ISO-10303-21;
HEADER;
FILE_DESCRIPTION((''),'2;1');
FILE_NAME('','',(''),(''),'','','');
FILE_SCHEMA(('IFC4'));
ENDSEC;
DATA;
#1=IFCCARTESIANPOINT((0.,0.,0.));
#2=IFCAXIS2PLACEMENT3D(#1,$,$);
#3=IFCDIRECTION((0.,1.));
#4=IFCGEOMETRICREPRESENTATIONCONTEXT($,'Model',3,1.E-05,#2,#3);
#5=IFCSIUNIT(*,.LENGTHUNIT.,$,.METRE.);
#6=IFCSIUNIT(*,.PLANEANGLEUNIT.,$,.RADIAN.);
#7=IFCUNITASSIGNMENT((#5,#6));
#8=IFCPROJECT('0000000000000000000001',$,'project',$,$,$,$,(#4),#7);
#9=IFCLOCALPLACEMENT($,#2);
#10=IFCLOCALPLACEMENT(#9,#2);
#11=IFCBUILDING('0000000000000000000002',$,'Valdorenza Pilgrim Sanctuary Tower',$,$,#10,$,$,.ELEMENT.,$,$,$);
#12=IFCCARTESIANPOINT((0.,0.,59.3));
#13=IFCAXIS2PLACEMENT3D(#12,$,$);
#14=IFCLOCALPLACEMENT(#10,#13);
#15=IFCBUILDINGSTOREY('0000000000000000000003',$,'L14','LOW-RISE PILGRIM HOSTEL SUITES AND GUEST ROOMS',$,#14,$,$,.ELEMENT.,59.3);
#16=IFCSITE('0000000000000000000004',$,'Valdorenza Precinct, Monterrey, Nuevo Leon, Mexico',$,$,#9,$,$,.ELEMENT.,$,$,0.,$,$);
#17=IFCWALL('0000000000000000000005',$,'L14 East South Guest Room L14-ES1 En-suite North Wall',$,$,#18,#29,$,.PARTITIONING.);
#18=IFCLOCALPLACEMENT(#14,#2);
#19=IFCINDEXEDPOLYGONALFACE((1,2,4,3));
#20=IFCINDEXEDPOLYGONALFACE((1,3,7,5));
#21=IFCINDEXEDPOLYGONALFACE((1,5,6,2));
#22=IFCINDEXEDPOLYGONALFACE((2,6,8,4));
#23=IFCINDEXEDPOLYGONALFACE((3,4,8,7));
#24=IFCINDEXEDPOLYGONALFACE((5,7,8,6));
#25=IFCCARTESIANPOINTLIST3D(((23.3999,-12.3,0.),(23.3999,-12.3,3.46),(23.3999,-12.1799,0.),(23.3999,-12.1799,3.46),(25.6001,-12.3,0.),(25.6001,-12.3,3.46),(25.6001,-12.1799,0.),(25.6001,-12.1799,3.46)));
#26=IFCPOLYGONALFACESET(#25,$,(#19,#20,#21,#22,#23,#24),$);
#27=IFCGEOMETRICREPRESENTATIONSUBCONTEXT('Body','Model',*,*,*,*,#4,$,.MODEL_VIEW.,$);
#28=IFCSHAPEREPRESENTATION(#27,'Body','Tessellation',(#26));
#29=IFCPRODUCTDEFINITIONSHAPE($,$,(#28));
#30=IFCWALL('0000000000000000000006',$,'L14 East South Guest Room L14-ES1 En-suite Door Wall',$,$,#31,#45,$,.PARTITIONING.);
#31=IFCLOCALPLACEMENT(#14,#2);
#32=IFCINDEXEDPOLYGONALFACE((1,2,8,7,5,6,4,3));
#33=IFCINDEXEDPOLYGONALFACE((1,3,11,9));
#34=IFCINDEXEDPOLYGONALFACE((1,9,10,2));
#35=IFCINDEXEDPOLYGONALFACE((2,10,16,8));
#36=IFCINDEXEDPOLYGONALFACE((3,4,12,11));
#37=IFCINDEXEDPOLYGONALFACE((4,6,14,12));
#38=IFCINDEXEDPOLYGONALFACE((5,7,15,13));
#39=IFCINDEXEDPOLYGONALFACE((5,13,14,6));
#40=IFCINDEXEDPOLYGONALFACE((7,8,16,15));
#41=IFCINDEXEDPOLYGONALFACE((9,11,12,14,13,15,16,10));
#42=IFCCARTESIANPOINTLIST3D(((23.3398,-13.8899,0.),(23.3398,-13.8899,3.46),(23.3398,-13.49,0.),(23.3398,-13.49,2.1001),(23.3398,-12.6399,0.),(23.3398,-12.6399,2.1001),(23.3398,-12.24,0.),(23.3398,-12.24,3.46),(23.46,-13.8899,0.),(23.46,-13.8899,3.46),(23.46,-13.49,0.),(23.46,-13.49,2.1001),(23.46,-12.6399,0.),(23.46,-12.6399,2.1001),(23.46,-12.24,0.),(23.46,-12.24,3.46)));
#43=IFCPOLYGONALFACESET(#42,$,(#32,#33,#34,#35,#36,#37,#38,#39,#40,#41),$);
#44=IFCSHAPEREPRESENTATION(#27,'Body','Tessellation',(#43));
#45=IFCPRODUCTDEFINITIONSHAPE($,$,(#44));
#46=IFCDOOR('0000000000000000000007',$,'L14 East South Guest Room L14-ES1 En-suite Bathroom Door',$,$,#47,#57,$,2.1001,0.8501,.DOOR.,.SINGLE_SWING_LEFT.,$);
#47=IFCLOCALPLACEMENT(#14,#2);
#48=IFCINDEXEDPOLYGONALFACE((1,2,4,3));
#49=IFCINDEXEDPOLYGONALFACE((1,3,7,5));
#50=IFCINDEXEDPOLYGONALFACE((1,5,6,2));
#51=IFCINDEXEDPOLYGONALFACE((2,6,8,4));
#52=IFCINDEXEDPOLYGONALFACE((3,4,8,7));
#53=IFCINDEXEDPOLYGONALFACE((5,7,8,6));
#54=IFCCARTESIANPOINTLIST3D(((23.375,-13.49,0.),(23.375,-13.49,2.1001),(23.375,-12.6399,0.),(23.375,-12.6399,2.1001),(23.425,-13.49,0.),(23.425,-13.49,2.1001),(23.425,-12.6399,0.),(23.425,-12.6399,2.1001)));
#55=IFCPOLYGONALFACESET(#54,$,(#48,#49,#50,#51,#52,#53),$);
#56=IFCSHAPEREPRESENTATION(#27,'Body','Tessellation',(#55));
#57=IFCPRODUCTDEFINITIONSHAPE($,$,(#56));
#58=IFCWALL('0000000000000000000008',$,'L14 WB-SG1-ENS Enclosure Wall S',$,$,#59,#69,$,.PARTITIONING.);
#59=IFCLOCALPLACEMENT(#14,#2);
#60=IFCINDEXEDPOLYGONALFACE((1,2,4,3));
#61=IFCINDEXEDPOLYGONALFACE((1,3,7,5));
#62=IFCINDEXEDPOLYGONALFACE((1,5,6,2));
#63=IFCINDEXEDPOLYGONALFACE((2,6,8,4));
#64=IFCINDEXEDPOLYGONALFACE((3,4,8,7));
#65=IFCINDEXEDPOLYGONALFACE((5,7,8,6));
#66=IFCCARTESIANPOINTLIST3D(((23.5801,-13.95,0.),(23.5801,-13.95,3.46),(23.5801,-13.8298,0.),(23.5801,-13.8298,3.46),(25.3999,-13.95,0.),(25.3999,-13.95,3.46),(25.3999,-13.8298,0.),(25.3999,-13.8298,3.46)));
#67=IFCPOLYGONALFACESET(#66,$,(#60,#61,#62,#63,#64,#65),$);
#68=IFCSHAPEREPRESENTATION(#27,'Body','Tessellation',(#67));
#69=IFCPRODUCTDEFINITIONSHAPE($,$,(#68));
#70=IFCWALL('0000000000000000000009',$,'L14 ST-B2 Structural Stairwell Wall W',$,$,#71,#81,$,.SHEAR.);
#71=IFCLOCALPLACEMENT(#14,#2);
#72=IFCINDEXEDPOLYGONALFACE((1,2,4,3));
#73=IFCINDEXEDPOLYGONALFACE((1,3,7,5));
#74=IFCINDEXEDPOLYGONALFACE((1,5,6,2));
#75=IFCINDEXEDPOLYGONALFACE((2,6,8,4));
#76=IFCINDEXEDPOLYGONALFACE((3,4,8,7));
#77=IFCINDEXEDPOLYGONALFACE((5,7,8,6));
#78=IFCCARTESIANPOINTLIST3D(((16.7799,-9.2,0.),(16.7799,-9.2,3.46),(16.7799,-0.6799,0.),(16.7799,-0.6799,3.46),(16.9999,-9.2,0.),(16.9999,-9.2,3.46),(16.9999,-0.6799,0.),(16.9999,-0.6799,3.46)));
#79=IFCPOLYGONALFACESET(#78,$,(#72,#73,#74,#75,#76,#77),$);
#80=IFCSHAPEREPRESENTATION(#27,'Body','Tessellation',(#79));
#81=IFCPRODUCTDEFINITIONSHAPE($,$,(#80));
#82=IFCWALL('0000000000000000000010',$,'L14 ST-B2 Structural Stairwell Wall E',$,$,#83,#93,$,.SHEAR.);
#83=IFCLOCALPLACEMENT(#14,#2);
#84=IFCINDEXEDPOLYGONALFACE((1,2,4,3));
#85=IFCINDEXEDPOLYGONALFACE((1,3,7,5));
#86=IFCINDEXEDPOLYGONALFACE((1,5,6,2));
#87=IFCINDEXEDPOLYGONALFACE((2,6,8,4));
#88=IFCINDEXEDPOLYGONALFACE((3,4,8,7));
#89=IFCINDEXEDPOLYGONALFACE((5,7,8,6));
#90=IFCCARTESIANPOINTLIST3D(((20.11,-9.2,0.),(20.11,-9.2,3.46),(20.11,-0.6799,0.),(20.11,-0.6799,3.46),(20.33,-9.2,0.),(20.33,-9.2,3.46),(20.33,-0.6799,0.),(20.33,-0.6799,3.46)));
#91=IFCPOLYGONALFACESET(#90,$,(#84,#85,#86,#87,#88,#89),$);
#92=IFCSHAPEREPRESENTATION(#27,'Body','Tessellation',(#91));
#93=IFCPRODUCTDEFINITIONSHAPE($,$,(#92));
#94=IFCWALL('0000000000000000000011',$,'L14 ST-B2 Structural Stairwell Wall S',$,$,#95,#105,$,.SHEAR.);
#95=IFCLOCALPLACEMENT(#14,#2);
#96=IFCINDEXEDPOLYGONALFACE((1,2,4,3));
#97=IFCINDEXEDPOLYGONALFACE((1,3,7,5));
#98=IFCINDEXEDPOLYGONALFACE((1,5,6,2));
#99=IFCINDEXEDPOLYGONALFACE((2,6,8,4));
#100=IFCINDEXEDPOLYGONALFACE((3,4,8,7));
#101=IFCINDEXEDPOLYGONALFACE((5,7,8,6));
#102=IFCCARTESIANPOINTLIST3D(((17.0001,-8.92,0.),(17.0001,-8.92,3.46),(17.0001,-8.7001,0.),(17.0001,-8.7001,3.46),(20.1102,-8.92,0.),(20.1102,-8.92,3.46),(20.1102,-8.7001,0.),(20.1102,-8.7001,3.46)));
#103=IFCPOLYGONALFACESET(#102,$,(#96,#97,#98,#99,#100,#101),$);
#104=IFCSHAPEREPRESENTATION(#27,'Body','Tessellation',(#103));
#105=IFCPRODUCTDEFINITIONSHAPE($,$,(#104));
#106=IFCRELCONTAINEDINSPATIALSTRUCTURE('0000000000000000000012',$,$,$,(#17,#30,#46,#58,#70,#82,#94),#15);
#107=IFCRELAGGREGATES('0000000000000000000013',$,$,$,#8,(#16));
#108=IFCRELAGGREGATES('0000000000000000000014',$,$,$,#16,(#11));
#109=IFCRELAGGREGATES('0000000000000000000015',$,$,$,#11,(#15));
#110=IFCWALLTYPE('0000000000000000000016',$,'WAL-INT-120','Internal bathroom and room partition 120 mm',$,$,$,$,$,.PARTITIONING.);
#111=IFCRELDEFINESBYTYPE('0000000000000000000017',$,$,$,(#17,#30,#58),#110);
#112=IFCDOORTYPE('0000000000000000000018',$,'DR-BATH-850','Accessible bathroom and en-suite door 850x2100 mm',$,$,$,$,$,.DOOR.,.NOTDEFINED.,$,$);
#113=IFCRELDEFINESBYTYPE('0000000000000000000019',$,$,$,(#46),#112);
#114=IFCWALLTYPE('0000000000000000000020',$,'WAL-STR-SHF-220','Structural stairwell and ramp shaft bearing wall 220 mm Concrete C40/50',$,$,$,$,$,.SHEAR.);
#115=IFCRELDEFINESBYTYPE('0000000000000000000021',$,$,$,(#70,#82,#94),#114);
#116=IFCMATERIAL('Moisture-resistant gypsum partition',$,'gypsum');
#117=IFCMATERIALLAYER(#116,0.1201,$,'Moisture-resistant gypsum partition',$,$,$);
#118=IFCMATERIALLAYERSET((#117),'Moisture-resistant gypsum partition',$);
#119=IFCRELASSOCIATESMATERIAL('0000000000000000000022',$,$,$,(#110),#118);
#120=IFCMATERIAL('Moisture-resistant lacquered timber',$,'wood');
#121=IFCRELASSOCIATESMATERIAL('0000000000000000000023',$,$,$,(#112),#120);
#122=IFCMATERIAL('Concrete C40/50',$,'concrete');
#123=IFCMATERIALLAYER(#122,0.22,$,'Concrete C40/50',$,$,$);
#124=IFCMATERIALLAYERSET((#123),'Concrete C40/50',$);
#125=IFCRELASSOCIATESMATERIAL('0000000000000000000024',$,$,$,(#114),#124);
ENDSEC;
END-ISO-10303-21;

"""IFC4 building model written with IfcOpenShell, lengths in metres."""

from ifc_helpers import new_model, si_unit, direction, frame, frame_2d, origin, place, context, subcontext, project, spatial, rectangle, extrude, material, layer, layer_set, type_object, element, fill, save


model = new_model("IFC4")

# Units and contexts
model_context = context("Model", 3, precision=1e-05, world=origin(), true_north=direction((0.0, 1.0)))
body_context = subcontext(model_context, "Body", "Model", "MODEL_VIEW")
ifc_project = project(units=[si_unit("LENGTHUNIT", "METRE"), si_unit("PLANEANGLEUNIT", "RADIAN")], contexts=[model_context])

# Site, building, storey
site_placement = place(None, origin())
site = spatial("IfcSite", under=ifc_project, at=site_placement, Name="Valdorenza Precinct, Monterrey, Nuevo Leon, Mexico", CompositionType="ELEMENT", RefElevation=0.0)
building_placement = place(site_placement, origin())
building = spatial("IfcBuilding", under=site, at=building_placement, Name="Valdorenza Pilgrim Sanctuary Tower", CompositionType="ELEMENT")
storey_placement = place(building_placement, frame((0.0, 0.0, 59.3)))
storey = spatial("IfcBuildingStorey", under=building, at=storey_placement, Name="L14", Description="LOW-RISE PILGRIM HOSTEL SUITES AND GUEST ROOMS", CompositionType="ELEMENT", Elevation=59.3)

# Wall
ifc_material_1 = material(Name="Moisture-resistant gypsum partition", Category="gypsum")
ifc_layer_1 = layer(ifc_material_1, 0.1201, Name="Moisture-resistant gypsum partition")
ifc_layer_set_1 = layer_set([ifc_layer_1], Name="Moisture-resistant gypsum partition")
wall_type_1 = type_object("IfcWallType", Name="WAL-INT-120", Description="Internal bathroom and room partition 120 mm", PredefinedType="PARTITIONING", material=ifc_layer_set_1)
wall_1_placement = place(storey_placement, frame((23.3999, -12.24, 0.0), z_axis=(0.0, 0.0, 1.0), x_axis=(1.0, 0.0, 0.0)))
element("IfcWall", 1, at=wall_1_placement, inside=storey, type_object=wall_type_1, Name="L14 East South Guest Room L14-ES1 En-suite North Wall", PredefinedType="PARTITIONING", context=body_context, shape_type="SweptSolid", body=[
    extrude(rectangle(XDim=2.2002, YDim=0.1201, at=frame_2d((1.1001, 0.0))), origin(), (0.0, 0.0, 1.0), 3.46),
])

# Wall, opening, door
wall_2_placement = place(storey_placement, frame((23.3999, -13.8899, 0.0), z_axis=(0.0, 0.0, 1.0), x_axis=(0.0, 1.0, 0.0)))
wall_2 = element("IfcWall", 2, at=wall_2_placement, inside=storey, type_object=wall_type_1, Name="L14 East South Guest Room L14-ES1 En-suite Door Wall", PredefinedType="PARTITIONING", context=body_context, shape_type="SweptSolid", body=[
    extrude(rectangle(XDim=1.6499, YDim=0.1201, at=frame_2d((0.825, 0.0))), origin(), (0.0, 0.0, 1.0), 3.46),
])
opening_placement = place(wall_2_placement, frame((0.3999, 0.0, 0.0)))
opening = element("IfcOpeningElement", 3, at=opening_placement, cuts=wall_2, PredefinedType="OPENING", context=body_context, shape_type="SweptSolid", body=[
    extrude(rectangle(XDim=0.8501, YDim=2.1001, at=frame_2d((0.425, 1.05))), frame((0.0, 0.075, 0.0), z_axis=(0.0, -1.0, 0.0), x_axis=(1.0, 0.0, 0.0)), (0.0, 0.0, 1.0), 0.1499),
])
ifc_material_2 = material(Name="Moisture-resistant lacquered timber", Category="wood")
door_type = type_object("IfcDoorType", Name="DR-BATH-850", Description="Accessible bathroom and en-suite door 850x2100 mm", OperationType="NOTDEFINED", PredefinedType="DOOR", material=ifc_material_2)
door_placement = place(opening_placement, origin())
door = element("IfcDoor", 4, at=door_placement, inside=storey, type_object=door_type, Name="L14 East South Guest Room L14-ES1 En-suite Bathroom Door", OperationType="SINGLE_SWING_LEFT", OverallHeight=2.1001, OverallWidth=0.8501, PredefinedType="DOOR", context=body_context, shape_type="SweptSolid", body=[
    extrude(rectangle(XDim=0.8501, YDim=2.1001, at=frame_2d((0.425, 1.05))), frame((0.0, 0.0249, 0.0), z_axis=(0.0, -1.0, 0.0), x_axis=(1.0, 0.0, 0.0)), (0.0, 0.0, 1.0), 0.05),
])
fill(opening, door)

# Walls
wall_3_placement = place(storey_placement, frame((23.5801, -13.8899, 0.0), z_axis=(0.0, 0.0, 1.0), x_axis=(1.0, 0.0, 0.0)))
element("IfcWall", 5, at=wall_3_placement, inside=storey, type_object=wall_type_1, Name="L14 WB-SG1-ENS Enclosure Wall S", PredefinedType="PARTITIONING", context=body_context, shape_type="SweptSolid", body=[
    extrude(rectangle(XDim=1.8198, YDim=0.1201, at=frame_2d((0.9099, 0.0))), origin(), (0.0, 0.0, 1.0), 3.46),
])
ifc_material_3 = material(Name="Concrete C40/50", Category="concrete")
ifc_layer_2 = layer(ifc_material_3, 0.22, Name="Concrete C40/50")
ifc_layer_set_2 = layer_set([ifc_layer_2], Name="Concrete C40/50")
wall_type_2 = type_object("IfcWallType", Name="WAL-STR-SHF-220", Description="Structural stairwell and ramp shaft bearing wall 220 mm Concrete C40/50", PredefinedType="SHEAR", material=ifc_layer_set_2)
for number, where, z_axis, x_axis, name in (
    (6, (16.8899, -9.2, 0.0), (0.0, 0.0, 1.0), (0.0, 1.0, 0.0), "L14 ST-B2 Structural Stairwell Wall W"),
    (7, (20.22, -9.2, 0.0), (0.0, 0.0, 1.0), (0.0, 1.0, 0.0), "L14 ST-B2 Structural Stairwell Wall E"),
):
    element("IfcWall", number, at=place(storey_placement, frame(where, z_axis=z_axis, x_axis=x_axis)), inside=storey, type_object=wall_type_2, Name=name, PredefinedType="SHEAR", context=body_context, shape_type="SweptSolid", body=[
        extrude(rectangle(XDim=8.52, YDim=0.22, at=frame_2d((4.26, 0.0))), origin(), (0.0, 0.0, 1.0), 3.46),
    ])
wall_4_placement = place(storey_placement, frame((17.0, -8.8101, 0.0), z_axis=(0.0, 0.0, 1.0), x_axis=(1.0, 0.0, 0.0)))
element("IfcWall", 8, at=wall_4_placement, inside=storey, type_object=wall_type_2, Name="L14 ST-B2 Structural Stairwell Wall S", PredefinedType="SHEAR", context=body_context, shape_type="SweptSolid", body=[
    extrude(rectangle(XDim=3.1101, YDim=0.22, at=frame_2d((1.5552, 0.0))), origin(), (0.0, 0.0, 1.0), 3.46),
])

save(model, "model.ifc")
